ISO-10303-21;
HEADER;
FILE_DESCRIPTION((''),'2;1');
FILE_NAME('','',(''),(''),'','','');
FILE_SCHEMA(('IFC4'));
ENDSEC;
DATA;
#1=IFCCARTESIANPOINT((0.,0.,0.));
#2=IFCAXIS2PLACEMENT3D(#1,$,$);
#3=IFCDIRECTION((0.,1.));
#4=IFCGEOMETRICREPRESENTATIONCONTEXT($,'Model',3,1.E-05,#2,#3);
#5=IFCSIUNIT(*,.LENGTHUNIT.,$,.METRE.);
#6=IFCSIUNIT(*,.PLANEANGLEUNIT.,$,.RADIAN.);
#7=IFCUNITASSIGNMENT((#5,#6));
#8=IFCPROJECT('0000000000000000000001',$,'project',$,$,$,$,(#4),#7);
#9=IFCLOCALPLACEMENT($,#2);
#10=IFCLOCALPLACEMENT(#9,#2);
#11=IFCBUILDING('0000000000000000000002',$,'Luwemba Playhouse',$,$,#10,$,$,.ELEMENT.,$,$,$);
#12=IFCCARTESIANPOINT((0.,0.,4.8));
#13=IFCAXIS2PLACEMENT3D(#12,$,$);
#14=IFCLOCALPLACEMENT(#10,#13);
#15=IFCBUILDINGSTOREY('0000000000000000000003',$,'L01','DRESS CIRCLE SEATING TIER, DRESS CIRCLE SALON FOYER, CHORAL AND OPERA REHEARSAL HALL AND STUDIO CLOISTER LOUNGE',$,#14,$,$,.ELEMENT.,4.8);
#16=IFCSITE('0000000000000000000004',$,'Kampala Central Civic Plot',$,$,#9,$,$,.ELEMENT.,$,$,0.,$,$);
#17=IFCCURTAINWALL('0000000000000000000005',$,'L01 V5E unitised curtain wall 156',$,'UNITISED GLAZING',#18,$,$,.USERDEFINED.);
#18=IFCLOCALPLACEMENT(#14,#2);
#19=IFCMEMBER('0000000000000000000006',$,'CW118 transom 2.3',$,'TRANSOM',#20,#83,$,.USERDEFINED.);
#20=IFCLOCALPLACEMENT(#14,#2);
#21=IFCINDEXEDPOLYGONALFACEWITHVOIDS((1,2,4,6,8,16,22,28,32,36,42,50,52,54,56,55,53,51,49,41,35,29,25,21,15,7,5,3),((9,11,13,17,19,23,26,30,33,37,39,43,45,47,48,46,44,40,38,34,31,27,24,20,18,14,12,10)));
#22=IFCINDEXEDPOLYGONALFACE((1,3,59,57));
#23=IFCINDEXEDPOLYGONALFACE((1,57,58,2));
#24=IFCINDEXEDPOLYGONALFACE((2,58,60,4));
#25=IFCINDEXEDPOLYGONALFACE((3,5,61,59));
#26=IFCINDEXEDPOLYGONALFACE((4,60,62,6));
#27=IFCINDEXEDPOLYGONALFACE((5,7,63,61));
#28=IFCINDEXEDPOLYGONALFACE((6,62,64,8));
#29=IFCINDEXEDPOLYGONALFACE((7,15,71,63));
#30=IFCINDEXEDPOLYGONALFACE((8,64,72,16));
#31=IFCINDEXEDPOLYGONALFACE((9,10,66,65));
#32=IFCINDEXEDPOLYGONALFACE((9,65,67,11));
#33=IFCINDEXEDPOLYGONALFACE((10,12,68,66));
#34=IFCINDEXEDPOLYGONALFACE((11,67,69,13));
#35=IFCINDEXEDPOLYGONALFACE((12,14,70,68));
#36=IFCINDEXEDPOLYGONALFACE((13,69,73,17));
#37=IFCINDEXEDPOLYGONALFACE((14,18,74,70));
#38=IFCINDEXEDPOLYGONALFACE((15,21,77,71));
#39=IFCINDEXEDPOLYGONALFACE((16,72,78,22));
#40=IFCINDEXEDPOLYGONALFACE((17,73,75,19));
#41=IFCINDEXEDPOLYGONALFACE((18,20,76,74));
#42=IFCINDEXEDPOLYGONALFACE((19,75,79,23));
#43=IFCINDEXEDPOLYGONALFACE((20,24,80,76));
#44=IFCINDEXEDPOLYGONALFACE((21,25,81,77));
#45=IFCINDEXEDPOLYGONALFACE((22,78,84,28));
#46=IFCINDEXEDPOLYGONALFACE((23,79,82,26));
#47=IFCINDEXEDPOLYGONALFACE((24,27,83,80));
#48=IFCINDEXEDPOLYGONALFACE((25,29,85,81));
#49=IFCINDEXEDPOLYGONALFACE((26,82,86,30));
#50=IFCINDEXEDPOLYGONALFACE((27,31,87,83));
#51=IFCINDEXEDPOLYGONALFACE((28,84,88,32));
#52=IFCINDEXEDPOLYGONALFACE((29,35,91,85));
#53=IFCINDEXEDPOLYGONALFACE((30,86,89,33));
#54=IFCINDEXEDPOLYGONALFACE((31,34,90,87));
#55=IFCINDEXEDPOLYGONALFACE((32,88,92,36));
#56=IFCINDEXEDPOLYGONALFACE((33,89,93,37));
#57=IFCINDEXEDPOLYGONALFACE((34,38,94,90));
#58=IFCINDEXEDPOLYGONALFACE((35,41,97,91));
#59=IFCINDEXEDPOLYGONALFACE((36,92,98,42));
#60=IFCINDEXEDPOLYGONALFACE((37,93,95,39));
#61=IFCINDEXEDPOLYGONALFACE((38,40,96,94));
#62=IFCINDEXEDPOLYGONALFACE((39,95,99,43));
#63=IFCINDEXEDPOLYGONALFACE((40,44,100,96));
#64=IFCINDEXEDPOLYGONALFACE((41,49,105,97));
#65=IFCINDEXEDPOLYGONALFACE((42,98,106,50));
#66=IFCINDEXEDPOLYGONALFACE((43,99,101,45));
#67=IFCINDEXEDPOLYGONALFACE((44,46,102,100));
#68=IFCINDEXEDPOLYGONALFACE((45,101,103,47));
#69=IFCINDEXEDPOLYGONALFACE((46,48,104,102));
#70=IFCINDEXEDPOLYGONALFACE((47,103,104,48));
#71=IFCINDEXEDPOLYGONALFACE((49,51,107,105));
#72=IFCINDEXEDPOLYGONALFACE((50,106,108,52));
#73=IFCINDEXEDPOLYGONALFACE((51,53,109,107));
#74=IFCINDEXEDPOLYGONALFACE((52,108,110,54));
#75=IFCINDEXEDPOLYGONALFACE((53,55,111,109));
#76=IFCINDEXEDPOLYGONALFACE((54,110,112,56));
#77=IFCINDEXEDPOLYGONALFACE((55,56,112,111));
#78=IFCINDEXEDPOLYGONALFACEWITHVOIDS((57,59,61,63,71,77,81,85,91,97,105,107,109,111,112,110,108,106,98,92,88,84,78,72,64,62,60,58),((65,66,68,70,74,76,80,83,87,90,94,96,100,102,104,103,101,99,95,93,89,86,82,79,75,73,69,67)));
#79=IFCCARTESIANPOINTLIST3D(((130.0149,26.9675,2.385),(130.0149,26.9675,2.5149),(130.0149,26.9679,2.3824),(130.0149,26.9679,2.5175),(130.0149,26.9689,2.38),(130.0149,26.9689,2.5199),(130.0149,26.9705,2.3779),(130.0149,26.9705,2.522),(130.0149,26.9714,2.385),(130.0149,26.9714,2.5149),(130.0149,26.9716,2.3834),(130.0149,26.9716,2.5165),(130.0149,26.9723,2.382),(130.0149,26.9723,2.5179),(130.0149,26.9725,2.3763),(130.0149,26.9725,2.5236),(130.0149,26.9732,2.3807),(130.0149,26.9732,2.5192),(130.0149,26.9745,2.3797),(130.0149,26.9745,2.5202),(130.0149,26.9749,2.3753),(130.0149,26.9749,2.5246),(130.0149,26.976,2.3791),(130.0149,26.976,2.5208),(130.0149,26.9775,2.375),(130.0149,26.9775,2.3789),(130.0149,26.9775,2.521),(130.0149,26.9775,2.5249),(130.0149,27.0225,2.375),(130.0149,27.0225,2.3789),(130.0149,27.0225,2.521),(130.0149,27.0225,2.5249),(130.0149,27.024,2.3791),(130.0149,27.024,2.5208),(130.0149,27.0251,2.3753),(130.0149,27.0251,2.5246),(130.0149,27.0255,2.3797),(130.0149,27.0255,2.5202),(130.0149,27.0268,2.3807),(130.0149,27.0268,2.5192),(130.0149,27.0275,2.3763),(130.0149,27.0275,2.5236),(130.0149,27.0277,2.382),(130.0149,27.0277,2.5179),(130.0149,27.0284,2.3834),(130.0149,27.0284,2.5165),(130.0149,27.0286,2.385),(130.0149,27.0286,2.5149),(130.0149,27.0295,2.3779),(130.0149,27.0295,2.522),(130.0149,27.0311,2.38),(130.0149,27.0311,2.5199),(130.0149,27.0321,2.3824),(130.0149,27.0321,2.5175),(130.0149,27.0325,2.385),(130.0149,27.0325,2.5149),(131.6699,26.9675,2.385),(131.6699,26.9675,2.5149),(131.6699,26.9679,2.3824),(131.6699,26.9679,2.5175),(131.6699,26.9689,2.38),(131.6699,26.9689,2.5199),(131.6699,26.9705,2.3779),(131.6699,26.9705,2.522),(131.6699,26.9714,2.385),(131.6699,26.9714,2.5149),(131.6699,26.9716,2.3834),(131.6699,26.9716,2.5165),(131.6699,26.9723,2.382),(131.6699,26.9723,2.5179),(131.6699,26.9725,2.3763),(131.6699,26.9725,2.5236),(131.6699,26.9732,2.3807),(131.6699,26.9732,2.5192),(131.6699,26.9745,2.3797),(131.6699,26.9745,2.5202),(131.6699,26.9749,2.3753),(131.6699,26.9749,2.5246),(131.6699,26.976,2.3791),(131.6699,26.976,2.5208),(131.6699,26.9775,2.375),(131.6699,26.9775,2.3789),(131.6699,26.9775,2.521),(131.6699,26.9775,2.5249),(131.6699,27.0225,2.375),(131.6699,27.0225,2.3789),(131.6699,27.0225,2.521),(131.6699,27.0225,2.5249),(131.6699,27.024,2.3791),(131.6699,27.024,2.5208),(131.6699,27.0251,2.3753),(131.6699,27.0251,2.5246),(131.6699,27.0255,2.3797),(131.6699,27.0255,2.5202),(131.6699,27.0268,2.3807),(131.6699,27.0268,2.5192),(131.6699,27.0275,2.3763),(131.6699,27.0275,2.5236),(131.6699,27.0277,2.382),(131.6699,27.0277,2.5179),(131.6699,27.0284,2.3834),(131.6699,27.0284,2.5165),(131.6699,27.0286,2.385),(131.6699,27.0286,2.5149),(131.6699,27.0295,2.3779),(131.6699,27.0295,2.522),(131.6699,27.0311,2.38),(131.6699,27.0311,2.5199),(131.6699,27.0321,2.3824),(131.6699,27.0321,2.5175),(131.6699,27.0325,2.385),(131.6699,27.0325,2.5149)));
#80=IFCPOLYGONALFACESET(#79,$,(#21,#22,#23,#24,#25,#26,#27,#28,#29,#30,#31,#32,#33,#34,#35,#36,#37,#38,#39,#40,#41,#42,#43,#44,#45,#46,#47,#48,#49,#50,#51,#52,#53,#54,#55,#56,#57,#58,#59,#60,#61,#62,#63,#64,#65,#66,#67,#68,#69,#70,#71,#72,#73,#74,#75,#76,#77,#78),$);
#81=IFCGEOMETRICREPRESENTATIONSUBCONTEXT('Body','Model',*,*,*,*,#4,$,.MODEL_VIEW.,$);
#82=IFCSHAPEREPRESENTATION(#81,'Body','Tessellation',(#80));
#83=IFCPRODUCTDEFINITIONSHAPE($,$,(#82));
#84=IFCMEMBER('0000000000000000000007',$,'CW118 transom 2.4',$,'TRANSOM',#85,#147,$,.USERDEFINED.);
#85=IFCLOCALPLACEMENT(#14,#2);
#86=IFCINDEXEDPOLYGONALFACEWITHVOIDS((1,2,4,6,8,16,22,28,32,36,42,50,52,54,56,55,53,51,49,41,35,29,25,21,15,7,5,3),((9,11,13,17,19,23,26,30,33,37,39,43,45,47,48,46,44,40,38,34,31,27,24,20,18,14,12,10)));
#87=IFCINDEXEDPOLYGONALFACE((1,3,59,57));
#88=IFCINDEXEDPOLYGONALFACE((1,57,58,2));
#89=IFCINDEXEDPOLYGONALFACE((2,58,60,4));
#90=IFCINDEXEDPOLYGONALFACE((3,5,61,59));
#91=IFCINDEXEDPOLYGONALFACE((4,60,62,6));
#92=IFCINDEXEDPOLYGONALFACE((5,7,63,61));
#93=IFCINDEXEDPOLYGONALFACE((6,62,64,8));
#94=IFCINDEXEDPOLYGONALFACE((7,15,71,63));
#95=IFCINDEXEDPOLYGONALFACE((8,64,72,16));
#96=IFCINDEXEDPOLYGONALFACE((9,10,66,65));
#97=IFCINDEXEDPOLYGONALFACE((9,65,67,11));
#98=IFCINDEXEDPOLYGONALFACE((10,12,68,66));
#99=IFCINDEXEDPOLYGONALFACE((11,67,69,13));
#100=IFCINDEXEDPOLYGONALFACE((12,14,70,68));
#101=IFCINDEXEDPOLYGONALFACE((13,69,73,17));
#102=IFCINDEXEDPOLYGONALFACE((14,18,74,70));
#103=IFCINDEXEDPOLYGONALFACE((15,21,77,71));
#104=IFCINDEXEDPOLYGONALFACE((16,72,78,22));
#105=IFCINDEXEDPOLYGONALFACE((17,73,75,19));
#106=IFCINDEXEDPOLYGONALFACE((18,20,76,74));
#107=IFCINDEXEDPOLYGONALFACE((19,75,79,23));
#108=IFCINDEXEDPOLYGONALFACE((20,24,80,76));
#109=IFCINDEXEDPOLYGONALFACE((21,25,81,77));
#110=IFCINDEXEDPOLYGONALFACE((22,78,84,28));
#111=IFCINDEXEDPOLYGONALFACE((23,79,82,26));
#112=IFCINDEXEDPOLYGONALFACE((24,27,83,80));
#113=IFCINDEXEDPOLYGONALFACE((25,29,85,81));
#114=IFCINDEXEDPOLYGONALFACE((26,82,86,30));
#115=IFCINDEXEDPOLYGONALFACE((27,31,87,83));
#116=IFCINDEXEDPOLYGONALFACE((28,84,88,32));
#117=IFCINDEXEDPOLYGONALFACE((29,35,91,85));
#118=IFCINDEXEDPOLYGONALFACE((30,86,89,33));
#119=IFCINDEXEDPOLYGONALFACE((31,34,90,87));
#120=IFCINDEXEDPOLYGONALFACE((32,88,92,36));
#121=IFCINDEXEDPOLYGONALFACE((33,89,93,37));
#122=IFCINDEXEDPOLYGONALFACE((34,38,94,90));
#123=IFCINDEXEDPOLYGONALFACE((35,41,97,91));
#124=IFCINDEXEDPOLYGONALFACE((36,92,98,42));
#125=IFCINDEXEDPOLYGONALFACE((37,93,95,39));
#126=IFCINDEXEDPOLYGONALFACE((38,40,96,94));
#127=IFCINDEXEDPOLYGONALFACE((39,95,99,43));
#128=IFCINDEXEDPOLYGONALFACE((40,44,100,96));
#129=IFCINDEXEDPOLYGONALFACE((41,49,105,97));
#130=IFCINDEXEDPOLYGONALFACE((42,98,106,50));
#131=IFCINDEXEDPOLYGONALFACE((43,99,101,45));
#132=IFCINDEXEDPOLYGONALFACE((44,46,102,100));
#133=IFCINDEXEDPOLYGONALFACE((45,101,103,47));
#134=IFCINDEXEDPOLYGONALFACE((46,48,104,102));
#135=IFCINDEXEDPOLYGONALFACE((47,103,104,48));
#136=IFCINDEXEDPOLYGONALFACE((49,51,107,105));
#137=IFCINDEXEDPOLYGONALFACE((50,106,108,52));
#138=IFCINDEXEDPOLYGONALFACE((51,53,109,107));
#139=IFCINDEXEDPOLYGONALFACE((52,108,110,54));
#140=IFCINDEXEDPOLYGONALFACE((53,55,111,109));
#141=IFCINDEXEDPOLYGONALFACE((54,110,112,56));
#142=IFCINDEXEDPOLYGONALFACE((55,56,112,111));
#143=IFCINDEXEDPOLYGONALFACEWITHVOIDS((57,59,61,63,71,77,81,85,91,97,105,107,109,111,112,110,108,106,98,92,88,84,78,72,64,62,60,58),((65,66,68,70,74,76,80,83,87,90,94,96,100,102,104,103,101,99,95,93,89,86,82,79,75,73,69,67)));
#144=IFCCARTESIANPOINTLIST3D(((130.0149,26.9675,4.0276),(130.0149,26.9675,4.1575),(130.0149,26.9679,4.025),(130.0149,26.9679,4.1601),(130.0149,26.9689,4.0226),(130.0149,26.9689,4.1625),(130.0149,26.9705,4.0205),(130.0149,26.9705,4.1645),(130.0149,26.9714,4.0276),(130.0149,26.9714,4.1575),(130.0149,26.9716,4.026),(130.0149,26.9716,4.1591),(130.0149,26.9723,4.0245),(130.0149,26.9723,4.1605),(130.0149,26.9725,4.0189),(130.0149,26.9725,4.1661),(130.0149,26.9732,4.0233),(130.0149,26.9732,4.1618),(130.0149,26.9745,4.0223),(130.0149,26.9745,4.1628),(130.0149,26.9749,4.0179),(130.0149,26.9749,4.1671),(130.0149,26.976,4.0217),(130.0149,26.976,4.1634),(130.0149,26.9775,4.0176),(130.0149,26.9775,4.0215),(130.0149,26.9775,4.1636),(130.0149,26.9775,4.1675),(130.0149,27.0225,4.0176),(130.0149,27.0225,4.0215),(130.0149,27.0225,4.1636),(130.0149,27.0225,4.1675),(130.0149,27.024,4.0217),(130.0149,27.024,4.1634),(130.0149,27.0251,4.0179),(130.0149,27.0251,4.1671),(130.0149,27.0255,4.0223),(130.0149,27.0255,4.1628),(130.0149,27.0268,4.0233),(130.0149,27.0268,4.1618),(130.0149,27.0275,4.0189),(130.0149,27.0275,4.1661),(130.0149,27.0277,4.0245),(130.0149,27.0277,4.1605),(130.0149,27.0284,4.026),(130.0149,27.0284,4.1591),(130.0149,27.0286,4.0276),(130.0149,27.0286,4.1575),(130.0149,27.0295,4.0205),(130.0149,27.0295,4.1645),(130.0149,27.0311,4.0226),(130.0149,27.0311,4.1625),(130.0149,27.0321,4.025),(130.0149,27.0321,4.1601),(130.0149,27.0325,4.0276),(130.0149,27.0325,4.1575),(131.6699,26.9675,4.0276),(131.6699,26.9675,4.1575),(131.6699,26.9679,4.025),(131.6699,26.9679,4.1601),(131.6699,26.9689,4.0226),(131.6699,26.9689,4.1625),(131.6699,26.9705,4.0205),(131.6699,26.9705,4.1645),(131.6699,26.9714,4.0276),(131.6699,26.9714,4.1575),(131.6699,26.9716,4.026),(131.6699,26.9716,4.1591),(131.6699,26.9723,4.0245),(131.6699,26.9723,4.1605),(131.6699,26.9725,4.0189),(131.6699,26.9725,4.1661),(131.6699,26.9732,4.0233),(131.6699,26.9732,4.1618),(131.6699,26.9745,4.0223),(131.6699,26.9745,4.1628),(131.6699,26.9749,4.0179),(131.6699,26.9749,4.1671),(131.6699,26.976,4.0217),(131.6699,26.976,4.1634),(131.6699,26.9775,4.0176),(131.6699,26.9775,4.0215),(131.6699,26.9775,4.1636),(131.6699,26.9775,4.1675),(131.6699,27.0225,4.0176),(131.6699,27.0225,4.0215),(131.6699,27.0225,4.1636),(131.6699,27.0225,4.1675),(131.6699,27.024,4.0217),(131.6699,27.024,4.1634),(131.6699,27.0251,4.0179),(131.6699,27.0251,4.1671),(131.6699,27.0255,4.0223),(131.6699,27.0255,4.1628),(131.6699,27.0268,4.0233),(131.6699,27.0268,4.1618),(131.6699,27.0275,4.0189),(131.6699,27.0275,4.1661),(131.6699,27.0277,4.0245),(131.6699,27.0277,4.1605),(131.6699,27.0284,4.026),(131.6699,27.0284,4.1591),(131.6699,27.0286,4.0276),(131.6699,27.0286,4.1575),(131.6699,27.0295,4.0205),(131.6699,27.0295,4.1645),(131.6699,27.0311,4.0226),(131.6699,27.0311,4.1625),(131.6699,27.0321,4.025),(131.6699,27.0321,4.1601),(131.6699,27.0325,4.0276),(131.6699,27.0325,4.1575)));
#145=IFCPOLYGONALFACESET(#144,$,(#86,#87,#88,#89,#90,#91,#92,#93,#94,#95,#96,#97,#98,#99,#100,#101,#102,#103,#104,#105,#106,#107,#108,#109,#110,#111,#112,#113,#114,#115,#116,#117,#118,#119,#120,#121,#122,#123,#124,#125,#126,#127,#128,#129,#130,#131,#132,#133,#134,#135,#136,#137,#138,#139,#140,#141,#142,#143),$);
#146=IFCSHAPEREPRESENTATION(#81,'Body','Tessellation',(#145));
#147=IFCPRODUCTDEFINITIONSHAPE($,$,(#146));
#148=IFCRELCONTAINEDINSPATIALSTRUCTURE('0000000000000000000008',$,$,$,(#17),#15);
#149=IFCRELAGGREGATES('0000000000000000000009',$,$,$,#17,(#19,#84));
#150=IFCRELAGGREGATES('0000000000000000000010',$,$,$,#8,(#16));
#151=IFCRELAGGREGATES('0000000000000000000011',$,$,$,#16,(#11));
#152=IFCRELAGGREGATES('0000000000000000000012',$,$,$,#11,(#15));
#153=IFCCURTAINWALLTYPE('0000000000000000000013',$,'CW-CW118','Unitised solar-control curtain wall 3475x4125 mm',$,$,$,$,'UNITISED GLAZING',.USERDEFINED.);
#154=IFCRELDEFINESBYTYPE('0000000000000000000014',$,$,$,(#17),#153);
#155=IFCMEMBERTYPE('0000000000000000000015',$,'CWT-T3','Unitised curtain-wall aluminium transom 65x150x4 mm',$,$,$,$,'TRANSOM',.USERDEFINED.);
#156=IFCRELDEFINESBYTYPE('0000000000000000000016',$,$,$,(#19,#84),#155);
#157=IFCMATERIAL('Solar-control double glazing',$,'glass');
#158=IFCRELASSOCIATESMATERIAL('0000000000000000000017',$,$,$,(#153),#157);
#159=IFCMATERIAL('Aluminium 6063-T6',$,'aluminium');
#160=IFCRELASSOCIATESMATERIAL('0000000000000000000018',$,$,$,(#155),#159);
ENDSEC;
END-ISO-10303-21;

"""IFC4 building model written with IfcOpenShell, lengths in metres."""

from ifc_helpers import new_model, si_unit, direction, frame, origin, origin_2d, place, context, subcontext, project, spatial, hollow_rectangle, extrude, material, material_profile, profile_set, type_object, element, aggregate, save


model = new_model("IFC4")

# Units and contexts
model_context = context("Model", 3, precision=1e-05, world=origin(), true_north=direction((0.0, 1.0)))
body_context = subcontext(model_context, "Body", "Model", "MODEL_VIEW")
ifc_project = project(units=[si_unit("LENGTHUNIT", "METRE"), si_unit("PLANEANGLEUNIT", "RADIAN")], contexts=[model_context])

# Site, building, storey
site_placement = place(None, origin())
site = spatial("IfcSite", under=ifc_project, at=site_placement, Name="Kampala Central Civic Plot", CompositionType="ELEMENT", RefElevation=0.0)
building_placement = place(site_placement, origin())
building = spatial("IfcBuilding", under=site, at=building_placement, Name="Luwemba Playhouse", CompositionType="ELEMENT")
storey_placement = place(building_placement, frame((0.0, 0.0, 4.8)))
storey = spatial("IfcBuildingStorey", under=building, at=storey_placement, Name="L01", Description="DRESS CIRCLE SEATING TIER, DRESS CIRCLE SALON FOYER, CHORAL AND OPERA REHEARSAL HALL AND STUDIO CLOISTER LOUNGE", CompositionType="ELEMENT", Elevation=4.8)

# Curtain wall
ifc_material_1 = material(Name="Solar-control double glazing", Category="glass")
curtain_wall_type_1 = type_object("IfcCurtainWallType", Name="CW-CW118", Description="Unitised solar-control curtain wall 3475x4125 mm", ElementType="UNITISED GLAZING", PredefinedType="USERDEFINED", material=ifc_material_1)
curtain_wall_1_placement = place(storey_placement, origin())
curtain_wall_1 = element("IfcCurtainWall", 1, at=curtain_wall_1_placement, inside=storey, type_object=curtain_wall_type_1, Name="L01 V5E unitised curtain wall 156", ObjectType="UNITISED GLAZING", PredefinedType="USERDEFINED")
ifc_material_2 = material(Name="Aluminium 6063-T6", Category="aluminium")

# Members
ifc_material_profile_1 = material_profile(ifc_material_2, hollow_rectangle(XDim=0.0649, YDim=0.1499, WallThickness=0.0039, InnerFilletRadius=0.0061, OuterFilletRadius=0.01, at=origin_2d()))
ifc_profile_set_1 = profile_set([ifc_material_profile_1], Name="Aluminium 6063-T6")
member_type_1 = type_object("IfcMemberType", Name="CWT-T3", Description="Unitised curtain-wall aluminium transom 65x150x4 mm", ElementType="TRANSOM", PredefinedType="USERDEFINED", material=ifc_profile_set_1)
member_1_placement = place(storey_placement, frame((130.0149, 27.0, 2.45), z_axis=(1.0, 0.0, 0.0), x_axis=(0.0, 1.0, 0.0)))
member_1 = element("IfcMember", 2, at=member_1_placement, type_object=member_type_1, Name="CW118 transom 2.3", ObjectType="TRANSOM", PredefinedType="USERDEFINED", context=body_context, shape_type="SweptSolid", body=[
    extrude(hollow_rectangle(XDim=0.0649, YDim=0.1499, WallThickness=0.0039, InnerFilletRadius=0.0061, OuterFilletRadius=0.01, at=origin_2d()), origin(), (0.0, 0.0, 1.0), 1.655),
])
member_2_placement = place(storey_placement, frame((130.0149, 27.0, 4.0925), z_axis=(1.0, 0.0, 0.0), x_axis=(0.0, 1.0, 0.0)))
member_2 = element("IfcMember", 3, at=member_2_placement, type_object=member_type_1, Name="CW118 transom 2.4", ObjectType="TRANSOM", PredefinedType="USERDEFINED", context=body_context, shape_type="SweptSolid", body=[
    extrude(hollow_rectangle(XDim=0.0649, YDim=0.1499, WallThickness=0.0039, InnerFilletRadius=0.0061, OuterFilletRadius=0.01, at=origin_2d()), origin(), (0.0, 0.0, 1.0), 1.655),
])

aggregate(curtain_wall_1, [member_1, member_2])

save(model, "model.ifc")
